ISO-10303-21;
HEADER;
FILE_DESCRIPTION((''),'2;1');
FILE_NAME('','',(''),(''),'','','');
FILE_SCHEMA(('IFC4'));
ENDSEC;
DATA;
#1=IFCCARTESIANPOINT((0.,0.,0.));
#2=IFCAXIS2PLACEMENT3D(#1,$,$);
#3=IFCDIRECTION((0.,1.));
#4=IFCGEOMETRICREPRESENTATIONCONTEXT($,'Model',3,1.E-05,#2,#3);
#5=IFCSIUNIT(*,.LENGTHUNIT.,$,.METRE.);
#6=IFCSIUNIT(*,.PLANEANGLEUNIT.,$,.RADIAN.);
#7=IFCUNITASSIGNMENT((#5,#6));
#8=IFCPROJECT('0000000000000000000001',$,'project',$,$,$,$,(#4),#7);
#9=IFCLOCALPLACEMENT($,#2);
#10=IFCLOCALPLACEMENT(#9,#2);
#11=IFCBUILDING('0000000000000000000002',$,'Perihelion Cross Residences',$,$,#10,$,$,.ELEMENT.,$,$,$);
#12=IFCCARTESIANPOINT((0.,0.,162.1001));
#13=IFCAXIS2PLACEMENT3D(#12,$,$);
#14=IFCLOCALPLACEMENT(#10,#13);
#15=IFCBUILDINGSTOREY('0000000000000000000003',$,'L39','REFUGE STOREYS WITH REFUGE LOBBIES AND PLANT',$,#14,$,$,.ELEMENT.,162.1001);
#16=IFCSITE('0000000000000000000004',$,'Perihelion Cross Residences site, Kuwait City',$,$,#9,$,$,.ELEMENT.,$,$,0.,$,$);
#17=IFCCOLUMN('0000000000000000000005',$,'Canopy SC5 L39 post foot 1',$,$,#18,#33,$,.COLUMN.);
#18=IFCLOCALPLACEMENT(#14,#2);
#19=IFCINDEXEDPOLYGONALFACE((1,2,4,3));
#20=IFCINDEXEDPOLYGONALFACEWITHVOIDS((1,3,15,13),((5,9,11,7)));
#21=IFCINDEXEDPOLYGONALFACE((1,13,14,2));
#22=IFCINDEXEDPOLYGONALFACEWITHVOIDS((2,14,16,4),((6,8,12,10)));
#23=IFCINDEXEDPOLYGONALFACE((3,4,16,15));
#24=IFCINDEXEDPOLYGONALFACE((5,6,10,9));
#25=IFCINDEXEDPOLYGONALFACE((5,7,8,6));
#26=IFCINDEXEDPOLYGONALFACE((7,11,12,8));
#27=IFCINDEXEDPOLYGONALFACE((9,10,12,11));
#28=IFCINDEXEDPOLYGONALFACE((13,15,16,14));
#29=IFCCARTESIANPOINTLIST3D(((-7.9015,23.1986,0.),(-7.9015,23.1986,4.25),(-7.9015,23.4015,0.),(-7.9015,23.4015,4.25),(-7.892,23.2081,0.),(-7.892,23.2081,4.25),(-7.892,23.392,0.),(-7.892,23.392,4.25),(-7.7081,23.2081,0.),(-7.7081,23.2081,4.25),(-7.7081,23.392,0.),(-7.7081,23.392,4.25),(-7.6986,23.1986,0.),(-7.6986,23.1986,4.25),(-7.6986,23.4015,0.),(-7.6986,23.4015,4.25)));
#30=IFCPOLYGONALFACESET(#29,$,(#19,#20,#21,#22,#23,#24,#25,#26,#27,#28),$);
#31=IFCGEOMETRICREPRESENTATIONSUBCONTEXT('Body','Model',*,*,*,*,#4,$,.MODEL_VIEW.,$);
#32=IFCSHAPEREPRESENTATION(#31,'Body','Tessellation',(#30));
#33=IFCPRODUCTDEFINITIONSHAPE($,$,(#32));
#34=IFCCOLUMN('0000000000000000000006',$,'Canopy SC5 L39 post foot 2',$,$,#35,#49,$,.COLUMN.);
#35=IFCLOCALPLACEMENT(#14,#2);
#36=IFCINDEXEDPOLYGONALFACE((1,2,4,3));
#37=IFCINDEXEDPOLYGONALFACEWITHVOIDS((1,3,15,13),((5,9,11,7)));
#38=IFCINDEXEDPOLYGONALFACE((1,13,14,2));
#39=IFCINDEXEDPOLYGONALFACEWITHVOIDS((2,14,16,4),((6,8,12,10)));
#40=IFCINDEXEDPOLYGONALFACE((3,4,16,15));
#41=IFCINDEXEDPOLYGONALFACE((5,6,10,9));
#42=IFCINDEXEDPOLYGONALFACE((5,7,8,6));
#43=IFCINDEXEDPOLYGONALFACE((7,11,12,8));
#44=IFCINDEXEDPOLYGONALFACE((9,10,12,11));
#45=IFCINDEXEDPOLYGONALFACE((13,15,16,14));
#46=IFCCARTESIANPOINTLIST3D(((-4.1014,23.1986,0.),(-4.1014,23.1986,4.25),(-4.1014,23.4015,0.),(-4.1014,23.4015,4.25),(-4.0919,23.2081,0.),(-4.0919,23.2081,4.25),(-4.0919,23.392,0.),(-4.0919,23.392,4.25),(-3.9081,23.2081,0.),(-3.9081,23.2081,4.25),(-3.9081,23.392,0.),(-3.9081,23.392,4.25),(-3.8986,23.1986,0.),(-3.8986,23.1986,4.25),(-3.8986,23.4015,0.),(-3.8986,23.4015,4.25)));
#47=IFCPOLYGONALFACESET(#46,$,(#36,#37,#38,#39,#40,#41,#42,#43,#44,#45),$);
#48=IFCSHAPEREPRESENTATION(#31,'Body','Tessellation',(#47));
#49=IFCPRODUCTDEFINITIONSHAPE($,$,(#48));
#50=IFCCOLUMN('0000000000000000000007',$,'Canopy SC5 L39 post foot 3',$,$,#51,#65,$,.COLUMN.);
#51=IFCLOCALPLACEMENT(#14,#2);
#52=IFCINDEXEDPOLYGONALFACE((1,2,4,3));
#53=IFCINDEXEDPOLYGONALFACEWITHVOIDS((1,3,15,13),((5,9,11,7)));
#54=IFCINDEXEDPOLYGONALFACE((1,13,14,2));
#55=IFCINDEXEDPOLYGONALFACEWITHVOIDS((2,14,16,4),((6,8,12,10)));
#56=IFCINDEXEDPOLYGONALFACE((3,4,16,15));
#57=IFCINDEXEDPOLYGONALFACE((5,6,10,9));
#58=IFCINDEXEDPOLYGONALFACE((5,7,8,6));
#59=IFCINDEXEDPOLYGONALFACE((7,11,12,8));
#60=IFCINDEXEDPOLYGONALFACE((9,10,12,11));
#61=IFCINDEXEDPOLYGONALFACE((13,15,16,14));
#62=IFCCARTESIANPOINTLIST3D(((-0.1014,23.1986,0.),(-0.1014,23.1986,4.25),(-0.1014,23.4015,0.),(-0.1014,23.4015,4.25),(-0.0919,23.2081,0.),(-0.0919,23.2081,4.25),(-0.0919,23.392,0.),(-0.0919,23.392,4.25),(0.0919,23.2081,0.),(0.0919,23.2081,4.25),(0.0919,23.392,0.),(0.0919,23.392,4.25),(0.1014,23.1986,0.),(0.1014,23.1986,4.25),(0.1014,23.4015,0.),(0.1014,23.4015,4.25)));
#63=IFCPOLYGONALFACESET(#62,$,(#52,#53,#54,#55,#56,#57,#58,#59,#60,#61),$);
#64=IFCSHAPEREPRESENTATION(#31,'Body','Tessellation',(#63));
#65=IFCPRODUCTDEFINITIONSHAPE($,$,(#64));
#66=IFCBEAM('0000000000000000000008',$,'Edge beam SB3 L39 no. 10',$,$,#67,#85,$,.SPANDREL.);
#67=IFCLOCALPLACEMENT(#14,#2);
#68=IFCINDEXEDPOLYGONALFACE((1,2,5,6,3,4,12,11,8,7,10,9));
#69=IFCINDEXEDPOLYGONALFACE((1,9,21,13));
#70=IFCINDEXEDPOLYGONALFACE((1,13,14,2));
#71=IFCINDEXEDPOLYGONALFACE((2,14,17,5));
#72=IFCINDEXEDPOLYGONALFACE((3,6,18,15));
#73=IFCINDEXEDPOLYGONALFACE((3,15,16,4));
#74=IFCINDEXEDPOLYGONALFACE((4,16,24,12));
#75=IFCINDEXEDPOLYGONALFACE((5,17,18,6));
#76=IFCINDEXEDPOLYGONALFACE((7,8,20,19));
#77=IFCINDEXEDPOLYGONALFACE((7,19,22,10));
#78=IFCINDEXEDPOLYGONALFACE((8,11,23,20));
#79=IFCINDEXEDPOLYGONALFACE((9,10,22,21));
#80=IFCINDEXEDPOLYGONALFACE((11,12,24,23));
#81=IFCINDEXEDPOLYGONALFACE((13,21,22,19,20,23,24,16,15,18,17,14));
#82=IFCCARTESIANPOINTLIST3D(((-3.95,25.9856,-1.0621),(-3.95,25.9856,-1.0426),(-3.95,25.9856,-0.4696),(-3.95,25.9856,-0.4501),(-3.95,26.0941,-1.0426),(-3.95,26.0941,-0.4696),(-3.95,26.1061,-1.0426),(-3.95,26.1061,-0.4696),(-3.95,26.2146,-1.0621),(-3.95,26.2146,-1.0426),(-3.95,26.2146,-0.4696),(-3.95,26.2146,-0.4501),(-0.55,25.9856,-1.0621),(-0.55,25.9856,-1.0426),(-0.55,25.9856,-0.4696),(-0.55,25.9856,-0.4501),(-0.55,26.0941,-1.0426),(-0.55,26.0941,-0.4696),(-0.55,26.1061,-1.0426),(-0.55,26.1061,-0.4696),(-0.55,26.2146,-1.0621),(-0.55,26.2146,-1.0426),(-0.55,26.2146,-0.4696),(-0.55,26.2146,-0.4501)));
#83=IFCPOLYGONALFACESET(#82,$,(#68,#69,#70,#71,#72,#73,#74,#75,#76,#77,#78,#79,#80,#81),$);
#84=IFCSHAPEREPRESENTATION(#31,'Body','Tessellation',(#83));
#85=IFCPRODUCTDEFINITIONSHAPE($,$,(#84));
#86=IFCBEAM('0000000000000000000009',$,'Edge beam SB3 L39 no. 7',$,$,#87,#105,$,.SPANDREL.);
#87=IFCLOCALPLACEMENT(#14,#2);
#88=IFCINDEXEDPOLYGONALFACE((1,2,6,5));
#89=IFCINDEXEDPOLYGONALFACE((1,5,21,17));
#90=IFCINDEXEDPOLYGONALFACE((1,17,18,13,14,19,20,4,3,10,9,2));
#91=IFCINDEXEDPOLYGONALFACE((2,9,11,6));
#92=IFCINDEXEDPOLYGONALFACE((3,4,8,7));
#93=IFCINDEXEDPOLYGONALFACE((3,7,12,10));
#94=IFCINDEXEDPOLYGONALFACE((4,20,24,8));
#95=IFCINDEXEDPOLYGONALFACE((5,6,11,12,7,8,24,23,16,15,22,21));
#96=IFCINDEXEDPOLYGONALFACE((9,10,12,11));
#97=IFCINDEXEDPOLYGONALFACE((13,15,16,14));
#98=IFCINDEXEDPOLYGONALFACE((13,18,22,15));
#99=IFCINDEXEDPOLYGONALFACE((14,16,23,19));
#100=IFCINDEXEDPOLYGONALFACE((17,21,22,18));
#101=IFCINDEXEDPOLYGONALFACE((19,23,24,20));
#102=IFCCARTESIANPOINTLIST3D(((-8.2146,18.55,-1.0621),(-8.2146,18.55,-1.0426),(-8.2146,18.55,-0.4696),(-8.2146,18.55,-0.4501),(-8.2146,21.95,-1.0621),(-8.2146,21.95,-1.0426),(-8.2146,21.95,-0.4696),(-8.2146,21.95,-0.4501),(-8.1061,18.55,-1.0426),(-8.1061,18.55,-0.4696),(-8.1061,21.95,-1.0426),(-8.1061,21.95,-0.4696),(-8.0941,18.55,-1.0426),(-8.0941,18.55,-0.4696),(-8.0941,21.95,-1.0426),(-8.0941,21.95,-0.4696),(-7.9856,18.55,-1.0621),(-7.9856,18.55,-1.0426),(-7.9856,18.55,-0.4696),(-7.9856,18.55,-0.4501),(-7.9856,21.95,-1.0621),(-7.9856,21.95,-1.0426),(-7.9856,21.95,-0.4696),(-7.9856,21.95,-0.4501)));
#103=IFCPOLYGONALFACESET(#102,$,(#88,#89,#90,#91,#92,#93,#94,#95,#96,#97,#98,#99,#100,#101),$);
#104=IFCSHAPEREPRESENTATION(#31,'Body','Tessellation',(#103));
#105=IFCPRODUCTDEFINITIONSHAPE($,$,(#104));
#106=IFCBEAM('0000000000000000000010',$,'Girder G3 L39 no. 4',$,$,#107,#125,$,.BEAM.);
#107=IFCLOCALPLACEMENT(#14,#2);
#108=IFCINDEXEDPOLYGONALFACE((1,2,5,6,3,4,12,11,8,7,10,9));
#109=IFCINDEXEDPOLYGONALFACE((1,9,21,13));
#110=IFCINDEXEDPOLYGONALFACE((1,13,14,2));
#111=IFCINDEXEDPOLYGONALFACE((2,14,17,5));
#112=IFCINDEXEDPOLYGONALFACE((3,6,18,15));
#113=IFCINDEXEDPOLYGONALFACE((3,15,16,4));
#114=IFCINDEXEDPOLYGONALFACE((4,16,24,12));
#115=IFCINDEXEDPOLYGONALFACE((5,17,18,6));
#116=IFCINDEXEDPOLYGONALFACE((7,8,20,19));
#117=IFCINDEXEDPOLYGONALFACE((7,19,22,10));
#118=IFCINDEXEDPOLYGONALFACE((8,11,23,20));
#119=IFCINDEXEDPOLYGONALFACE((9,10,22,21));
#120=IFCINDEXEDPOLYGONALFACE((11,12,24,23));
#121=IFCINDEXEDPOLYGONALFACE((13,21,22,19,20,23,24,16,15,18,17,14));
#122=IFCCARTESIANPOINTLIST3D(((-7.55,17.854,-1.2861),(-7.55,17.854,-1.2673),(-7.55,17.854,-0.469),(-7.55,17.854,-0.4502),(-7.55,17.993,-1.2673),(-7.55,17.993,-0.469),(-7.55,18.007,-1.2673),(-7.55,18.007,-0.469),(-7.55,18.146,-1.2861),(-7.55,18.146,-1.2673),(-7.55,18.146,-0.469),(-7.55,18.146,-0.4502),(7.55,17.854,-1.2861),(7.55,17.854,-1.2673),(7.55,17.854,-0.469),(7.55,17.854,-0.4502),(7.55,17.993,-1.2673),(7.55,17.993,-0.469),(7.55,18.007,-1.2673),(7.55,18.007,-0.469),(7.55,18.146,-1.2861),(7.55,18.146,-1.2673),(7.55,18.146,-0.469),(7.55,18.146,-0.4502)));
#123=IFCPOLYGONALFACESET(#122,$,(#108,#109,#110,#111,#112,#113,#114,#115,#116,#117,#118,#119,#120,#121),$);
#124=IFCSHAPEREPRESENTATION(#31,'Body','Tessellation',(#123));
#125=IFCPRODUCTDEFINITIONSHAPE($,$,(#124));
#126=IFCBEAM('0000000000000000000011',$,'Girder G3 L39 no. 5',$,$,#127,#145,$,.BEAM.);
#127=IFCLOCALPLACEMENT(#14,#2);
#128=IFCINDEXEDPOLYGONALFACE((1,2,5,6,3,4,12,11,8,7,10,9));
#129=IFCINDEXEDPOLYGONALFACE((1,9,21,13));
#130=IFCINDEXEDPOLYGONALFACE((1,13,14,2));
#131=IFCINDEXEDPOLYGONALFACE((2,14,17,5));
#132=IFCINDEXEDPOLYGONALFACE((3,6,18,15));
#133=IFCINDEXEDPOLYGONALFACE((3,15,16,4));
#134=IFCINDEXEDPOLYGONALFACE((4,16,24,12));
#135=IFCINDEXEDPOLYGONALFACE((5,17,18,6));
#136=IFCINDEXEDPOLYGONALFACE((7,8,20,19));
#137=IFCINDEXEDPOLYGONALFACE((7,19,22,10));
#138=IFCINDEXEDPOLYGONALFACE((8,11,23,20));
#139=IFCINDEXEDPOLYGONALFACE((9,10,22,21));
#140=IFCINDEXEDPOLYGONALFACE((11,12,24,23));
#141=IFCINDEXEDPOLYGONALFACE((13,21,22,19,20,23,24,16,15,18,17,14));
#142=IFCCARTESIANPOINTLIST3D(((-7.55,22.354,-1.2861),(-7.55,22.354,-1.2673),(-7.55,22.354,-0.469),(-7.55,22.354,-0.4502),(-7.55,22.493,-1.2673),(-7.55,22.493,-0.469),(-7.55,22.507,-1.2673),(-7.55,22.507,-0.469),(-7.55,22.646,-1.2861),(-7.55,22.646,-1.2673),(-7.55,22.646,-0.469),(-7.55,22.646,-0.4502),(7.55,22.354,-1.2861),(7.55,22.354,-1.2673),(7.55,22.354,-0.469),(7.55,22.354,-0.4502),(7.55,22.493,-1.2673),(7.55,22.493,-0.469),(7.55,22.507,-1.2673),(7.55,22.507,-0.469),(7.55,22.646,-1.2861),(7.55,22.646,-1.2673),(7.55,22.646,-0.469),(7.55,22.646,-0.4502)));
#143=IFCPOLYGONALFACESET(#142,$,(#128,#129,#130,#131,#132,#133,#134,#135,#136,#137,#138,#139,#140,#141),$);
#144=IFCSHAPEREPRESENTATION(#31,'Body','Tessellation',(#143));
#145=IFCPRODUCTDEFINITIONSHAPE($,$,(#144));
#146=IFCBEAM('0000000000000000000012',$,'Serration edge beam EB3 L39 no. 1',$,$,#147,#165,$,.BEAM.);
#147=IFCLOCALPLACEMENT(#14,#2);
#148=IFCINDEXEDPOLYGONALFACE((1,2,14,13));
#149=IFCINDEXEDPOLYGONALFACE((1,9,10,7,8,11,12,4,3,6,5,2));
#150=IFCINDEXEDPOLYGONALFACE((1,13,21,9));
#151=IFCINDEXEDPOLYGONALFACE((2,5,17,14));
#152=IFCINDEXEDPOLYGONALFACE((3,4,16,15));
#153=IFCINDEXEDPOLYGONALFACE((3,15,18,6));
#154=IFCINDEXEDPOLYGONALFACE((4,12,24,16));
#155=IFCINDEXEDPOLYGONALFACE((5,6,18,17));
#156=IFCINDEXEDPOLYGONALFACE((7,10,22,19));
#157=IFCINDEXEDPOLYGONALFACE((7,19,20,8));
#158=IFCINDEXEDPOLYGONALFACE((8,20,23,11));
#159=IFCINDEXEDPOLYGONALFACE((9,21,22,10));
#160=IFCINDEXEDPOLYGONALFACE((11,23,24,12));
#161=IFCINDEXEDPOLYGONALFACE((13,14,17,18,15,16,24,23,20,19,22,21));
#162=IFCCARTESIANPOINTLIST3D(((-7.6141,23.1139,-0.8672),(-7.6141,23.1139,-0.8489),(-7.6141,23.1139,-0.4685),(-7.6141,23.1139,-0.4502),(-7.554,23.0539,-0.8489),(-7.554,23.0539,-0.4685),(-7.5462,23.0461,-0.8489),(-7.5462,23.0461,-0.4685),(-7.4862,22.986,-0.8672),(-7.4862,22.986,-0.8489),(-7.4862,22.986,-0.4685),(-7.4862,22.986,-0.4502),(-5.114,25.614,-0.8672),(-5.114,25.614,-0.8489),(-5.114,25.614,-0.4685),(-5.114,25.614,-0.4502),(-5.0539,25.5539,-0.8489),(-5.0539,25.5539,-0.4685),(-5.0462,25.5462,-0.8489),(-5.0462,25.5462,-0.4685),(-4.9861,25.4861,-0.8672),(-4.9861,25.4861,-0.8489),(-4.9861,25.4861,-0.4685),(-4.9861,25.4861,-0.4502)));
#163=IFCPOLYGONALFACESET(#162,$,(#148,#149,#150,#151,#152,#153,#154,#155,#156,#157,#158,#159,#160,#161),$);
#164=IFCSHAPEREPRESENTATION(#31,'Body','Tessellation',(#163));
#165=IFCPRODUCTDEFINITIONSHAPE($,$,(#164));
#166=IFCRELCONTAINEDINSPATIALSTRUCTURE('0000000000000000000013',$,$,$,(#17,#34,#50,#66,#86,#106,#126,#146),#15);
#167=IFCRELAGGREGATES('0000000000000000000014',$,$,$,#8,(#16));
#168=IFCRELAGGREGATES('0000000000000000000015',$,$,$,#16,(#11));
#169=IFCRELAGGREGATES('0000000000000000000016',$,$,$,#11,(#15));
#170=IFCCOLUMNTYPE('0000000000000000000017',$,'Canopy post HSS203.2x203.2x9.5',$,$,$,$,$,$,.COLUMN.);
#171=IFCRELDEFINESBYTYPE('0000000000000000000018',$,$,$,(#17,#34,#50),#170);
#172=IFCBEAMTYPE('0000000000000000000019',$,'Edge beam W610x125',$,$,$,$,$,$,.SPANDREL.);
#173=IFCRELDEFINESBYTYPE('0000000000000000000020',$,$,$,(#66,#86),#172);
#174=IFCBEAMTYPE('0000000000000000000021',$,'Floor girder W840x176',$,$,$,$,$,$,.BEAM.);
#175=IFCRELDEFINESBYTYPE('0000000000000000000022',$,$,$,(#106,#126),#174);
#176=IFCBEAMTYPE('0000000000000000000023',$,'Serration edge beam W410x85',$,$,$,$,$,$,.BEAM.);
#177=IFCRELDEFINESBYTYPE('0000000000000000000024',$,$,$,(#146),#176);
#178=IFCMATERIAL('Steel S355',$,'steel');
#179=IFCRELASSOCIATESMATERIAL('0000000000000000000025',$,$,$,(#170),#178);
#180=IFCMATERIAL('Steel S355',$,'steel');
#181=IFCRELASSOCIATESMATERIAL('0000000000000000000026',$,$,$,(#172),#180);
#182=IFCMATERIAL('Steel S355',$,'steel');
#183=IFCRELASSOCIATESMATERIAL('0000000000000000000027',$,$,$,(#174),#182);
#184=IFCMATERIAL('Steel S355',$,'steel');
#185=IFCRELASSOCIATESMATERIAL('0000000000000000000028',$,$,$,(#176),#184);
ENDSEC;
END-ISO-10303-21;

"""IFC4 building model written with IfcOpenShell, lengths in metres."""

from ifc_helpers import new_model, si_unit, direction, frame, origin, origin_2d, place, context, subcontext, project, spatial, hollow_rectangle, i_section, extrude, material, material_profile, profile_set, type_object, element, save


model = new_model("IFC4")

# Units and contexts
model_context = context("Model", 3, precision=1e-05, world=origin(), true_north=direction((0.0, 1.0)))
body_context = subcontext(model_context, "Body", "Model", "MODEL_VIEW")
ifc_project = project(units=[si_unit("LENGTHUNIT", "METRE"), si_unit("PLANEANGLEUNIT", "RADIAN")], contexts=[model_context])

# Site, building, storey
site_placement = place(None, origin())
site = spatial("IfcSite", under=ifc_project, at=site_placement, Name="Perihelion Cross Residences site, Kuwait City", CompositionType="ELEMENT", RefElevation=0.0)
building_placement = place(site_placement, origin())
building = spatial("IfcBuilding", under=site, at=building_placement, Name="Perihelion Cross Residences", CompositionType="ELEMENT")
storey_placement = place(building_placement, frame((0.0, 0.0, 162.1001)))
storey = spatial("IfcBuildingStorey", under=building, at=storey_placement, Name="L39", Description="REFUGE STOREYS WITH REFUGE LOBBIES AND PLANT", CompositionType="ELEMENT", Elevation=162.1001)

# Columns
ifc_material_1 = material(Name="Steel S355", Category="steel")
ifc_material_profile_1 = material_profile(ifc_material_1, hollow_rectangle(XDim=0.2029, YDim=0.2029, WallThickness=0.0095, at=origin_2d()), Name="HSS203.2x203.2x9.5")
ifc_profile_set_1 = profile_set([ifc_material_profile_1], Name="Steel S355")
column_type = type_object("IfcColumnType", Name="Canopy post HSS203.2x203.2x9.5", PredefinedType="COLUMN", material=ifc_profile_set_1)
for number, where, z_axis, x_axis, name in (
    (1, (-7.8, 23.3, 0.0), (0.0, 0.0, 1.0), (1.0, 0.0, 0.0), "Canopy SC5 L39 post foot 1"),
    (2, (-4.0, 23.3, 0.0), (0.0, 0.0, 1.0), (1.0, 0.0, 0.0), "Canopy SC5 L39 post foot 2"),
    (3, (0.0, 23.3, 0.0), (0.0, 0.0, 1.0), (1.0, 0.0, 0.0), "Canopy SC5 L39 post foot 3"),
):
    element("IfcColumn", number, at=place(storey_placement, frame(where, z_axis=z_axis, x_axis=x_axis)), inside=storey, type_object=column_type, Name=name, PredefinedType="COLUMN", context=body_context, shape_type="SweptSolid", body=[
        extrude(hollow_rectangle(XDim=0.2029, YDim=0.2029, WallThickness=0.0095, at=origin_2d()), origin(), (0.0, 0.0, 1.0), 4.25),
    ])

# Beams
ifc_material_2 = material(Name="Steel S355", Category="steel")
ifc_material_profile_2 = material_profile(ifc_material_2, i_section(OverallWidth=0.229, OverallDepth=0.6121, WebThickness=0.012, FlangeThickness=0.0195, at=origin_2d()), Name="W610x125")
ifc_profile_set_2 = profile_set([ifc_material_profile_2], Name="Steel S355")
beam_type_1 = type_object("IfcBeamType", Name="Edge beam W610x125", PredefinedType="SPANDREL", material=ifc_profile_set_2)
for number, where, z_axis, x_axis, name in (
    (4, (-0.55, 26.1001, -0.7561), (-1.0, 0.0, 0.0), (0.0, -1.0, 0.0), "Edge beam SB3 L39 no. 10"),
    (5, (-8.1001, 21.95, -0.7561), (0.0, -1.0, 0.0), (1.0, 0.0, 0.0), "Edge beam SB3 L39 no. 7"),
):
    element("IfcBeam", number, at=place(storey_placement, frame(where, z_axis=z_axis, x_axis=x_axis)), inside=storey, type_object=beam_type_1, Name=name, PredefinedType="SPANDREL", context=body_context, shape_type="SweptSolid", body=[
        extrude(i_section(OverallWidth=0.229, OverallDepth=0.6121, WebThickness=0.012, FlangeThickness=0.0195, at=origin_2d()), origin(), (0.0, 0.0, 1.0), 3.3999),
    ])
ifc_material_3 = material(Name="Steel S355", Category="steel")
ifc_material_profile_3 = material_profile(ifc_material_3, i_section(OverallWidth=0.292, OverallDepth=0.8359, WebThickness=0.0139, FlangeThickness=0.0188, at=origin_2d()), Name="W840x176")
ifc_profile_set_3 = profile_set([ifc_material_profile_3], Name="Steel S355")
beam_type_2 = type_object("IfcBeamType", Name="Floor girder W840x176", PredefinedType="BEAM", material=ifc_profile_set_3)
for number, where, z_axis, x_axis, name in (
    (6, (-7.55, 18.0, -0.8682), (1.0, 0.0, 0.0), (0.0, 1.0, 0.0), "Girder G3 L39 no. 4"),
    (7, (-7.55, 22.5, -0.8682), (1.0, 0.0, 0.0), (0.0, 1.0, 0.0), "Girder G3 L39 no. 5"),
):
    element("IfcBeam", number, at=place(storey_placement, frame(where, z_axis=z_axis, x_axis=x_axis)), inside=storey, type_object=beam_type_2, Name=name, PredefinedType="BEAM", context=body_context, shape_type="SweptSolid", body=[
        extrude(i_section(OverallWidth=0.292, OverallDepth=0.8359, WebThickness=0.0139, FlangeThickness=0.0188, at=origin_2d()), origin(), (0.0, 0.0, 1.0), 15.1001),
    ])
ifc_material_4 = material(Name="Steel S355", Category="steel")
ifc_material_profile_4 = material_profile(ifc_material_4, i_section(OverallWidth=0.1809, OverallDepth=0.417, WebThickness=0.011, FlangeThickness=0.0183, at=origin_2d()), Name="W410x85")
ifc_profile_set_4 = profile_set([ifc_material_profile_4], Name="Steel S355")
beam_type_3 = type_object("IfcBeamType", Name="Serration edge beam W410x85", PredefinedType="BEAM", material=ifc_profile_set_4)
beam_placement = place(storey_placement, frame((-5.05, 25.55, -0.6587), z_axis=(-0.707107, -0.707107, 0.0), x_axis=(0.707107, -0.707107, 0.0)))
element("IfcBeam", 8, at=beam_placement, inside=storey, type_object=beam_type_3, Name="Serration edge beam EB3 L39 no. 1", PredefinedType="BEAM", context=body_context, shape_type="SweptSolid", body=[
    extrude(i_section(OverallWidth=0.1809, OverallDepth=0.417, WebThickness=0.011, FlangeThickness=0.0183, at=origin_2d()), origin(), (0.0, 0.0, 1.0), 3.5356),
])

save(model, "model.ifc")
